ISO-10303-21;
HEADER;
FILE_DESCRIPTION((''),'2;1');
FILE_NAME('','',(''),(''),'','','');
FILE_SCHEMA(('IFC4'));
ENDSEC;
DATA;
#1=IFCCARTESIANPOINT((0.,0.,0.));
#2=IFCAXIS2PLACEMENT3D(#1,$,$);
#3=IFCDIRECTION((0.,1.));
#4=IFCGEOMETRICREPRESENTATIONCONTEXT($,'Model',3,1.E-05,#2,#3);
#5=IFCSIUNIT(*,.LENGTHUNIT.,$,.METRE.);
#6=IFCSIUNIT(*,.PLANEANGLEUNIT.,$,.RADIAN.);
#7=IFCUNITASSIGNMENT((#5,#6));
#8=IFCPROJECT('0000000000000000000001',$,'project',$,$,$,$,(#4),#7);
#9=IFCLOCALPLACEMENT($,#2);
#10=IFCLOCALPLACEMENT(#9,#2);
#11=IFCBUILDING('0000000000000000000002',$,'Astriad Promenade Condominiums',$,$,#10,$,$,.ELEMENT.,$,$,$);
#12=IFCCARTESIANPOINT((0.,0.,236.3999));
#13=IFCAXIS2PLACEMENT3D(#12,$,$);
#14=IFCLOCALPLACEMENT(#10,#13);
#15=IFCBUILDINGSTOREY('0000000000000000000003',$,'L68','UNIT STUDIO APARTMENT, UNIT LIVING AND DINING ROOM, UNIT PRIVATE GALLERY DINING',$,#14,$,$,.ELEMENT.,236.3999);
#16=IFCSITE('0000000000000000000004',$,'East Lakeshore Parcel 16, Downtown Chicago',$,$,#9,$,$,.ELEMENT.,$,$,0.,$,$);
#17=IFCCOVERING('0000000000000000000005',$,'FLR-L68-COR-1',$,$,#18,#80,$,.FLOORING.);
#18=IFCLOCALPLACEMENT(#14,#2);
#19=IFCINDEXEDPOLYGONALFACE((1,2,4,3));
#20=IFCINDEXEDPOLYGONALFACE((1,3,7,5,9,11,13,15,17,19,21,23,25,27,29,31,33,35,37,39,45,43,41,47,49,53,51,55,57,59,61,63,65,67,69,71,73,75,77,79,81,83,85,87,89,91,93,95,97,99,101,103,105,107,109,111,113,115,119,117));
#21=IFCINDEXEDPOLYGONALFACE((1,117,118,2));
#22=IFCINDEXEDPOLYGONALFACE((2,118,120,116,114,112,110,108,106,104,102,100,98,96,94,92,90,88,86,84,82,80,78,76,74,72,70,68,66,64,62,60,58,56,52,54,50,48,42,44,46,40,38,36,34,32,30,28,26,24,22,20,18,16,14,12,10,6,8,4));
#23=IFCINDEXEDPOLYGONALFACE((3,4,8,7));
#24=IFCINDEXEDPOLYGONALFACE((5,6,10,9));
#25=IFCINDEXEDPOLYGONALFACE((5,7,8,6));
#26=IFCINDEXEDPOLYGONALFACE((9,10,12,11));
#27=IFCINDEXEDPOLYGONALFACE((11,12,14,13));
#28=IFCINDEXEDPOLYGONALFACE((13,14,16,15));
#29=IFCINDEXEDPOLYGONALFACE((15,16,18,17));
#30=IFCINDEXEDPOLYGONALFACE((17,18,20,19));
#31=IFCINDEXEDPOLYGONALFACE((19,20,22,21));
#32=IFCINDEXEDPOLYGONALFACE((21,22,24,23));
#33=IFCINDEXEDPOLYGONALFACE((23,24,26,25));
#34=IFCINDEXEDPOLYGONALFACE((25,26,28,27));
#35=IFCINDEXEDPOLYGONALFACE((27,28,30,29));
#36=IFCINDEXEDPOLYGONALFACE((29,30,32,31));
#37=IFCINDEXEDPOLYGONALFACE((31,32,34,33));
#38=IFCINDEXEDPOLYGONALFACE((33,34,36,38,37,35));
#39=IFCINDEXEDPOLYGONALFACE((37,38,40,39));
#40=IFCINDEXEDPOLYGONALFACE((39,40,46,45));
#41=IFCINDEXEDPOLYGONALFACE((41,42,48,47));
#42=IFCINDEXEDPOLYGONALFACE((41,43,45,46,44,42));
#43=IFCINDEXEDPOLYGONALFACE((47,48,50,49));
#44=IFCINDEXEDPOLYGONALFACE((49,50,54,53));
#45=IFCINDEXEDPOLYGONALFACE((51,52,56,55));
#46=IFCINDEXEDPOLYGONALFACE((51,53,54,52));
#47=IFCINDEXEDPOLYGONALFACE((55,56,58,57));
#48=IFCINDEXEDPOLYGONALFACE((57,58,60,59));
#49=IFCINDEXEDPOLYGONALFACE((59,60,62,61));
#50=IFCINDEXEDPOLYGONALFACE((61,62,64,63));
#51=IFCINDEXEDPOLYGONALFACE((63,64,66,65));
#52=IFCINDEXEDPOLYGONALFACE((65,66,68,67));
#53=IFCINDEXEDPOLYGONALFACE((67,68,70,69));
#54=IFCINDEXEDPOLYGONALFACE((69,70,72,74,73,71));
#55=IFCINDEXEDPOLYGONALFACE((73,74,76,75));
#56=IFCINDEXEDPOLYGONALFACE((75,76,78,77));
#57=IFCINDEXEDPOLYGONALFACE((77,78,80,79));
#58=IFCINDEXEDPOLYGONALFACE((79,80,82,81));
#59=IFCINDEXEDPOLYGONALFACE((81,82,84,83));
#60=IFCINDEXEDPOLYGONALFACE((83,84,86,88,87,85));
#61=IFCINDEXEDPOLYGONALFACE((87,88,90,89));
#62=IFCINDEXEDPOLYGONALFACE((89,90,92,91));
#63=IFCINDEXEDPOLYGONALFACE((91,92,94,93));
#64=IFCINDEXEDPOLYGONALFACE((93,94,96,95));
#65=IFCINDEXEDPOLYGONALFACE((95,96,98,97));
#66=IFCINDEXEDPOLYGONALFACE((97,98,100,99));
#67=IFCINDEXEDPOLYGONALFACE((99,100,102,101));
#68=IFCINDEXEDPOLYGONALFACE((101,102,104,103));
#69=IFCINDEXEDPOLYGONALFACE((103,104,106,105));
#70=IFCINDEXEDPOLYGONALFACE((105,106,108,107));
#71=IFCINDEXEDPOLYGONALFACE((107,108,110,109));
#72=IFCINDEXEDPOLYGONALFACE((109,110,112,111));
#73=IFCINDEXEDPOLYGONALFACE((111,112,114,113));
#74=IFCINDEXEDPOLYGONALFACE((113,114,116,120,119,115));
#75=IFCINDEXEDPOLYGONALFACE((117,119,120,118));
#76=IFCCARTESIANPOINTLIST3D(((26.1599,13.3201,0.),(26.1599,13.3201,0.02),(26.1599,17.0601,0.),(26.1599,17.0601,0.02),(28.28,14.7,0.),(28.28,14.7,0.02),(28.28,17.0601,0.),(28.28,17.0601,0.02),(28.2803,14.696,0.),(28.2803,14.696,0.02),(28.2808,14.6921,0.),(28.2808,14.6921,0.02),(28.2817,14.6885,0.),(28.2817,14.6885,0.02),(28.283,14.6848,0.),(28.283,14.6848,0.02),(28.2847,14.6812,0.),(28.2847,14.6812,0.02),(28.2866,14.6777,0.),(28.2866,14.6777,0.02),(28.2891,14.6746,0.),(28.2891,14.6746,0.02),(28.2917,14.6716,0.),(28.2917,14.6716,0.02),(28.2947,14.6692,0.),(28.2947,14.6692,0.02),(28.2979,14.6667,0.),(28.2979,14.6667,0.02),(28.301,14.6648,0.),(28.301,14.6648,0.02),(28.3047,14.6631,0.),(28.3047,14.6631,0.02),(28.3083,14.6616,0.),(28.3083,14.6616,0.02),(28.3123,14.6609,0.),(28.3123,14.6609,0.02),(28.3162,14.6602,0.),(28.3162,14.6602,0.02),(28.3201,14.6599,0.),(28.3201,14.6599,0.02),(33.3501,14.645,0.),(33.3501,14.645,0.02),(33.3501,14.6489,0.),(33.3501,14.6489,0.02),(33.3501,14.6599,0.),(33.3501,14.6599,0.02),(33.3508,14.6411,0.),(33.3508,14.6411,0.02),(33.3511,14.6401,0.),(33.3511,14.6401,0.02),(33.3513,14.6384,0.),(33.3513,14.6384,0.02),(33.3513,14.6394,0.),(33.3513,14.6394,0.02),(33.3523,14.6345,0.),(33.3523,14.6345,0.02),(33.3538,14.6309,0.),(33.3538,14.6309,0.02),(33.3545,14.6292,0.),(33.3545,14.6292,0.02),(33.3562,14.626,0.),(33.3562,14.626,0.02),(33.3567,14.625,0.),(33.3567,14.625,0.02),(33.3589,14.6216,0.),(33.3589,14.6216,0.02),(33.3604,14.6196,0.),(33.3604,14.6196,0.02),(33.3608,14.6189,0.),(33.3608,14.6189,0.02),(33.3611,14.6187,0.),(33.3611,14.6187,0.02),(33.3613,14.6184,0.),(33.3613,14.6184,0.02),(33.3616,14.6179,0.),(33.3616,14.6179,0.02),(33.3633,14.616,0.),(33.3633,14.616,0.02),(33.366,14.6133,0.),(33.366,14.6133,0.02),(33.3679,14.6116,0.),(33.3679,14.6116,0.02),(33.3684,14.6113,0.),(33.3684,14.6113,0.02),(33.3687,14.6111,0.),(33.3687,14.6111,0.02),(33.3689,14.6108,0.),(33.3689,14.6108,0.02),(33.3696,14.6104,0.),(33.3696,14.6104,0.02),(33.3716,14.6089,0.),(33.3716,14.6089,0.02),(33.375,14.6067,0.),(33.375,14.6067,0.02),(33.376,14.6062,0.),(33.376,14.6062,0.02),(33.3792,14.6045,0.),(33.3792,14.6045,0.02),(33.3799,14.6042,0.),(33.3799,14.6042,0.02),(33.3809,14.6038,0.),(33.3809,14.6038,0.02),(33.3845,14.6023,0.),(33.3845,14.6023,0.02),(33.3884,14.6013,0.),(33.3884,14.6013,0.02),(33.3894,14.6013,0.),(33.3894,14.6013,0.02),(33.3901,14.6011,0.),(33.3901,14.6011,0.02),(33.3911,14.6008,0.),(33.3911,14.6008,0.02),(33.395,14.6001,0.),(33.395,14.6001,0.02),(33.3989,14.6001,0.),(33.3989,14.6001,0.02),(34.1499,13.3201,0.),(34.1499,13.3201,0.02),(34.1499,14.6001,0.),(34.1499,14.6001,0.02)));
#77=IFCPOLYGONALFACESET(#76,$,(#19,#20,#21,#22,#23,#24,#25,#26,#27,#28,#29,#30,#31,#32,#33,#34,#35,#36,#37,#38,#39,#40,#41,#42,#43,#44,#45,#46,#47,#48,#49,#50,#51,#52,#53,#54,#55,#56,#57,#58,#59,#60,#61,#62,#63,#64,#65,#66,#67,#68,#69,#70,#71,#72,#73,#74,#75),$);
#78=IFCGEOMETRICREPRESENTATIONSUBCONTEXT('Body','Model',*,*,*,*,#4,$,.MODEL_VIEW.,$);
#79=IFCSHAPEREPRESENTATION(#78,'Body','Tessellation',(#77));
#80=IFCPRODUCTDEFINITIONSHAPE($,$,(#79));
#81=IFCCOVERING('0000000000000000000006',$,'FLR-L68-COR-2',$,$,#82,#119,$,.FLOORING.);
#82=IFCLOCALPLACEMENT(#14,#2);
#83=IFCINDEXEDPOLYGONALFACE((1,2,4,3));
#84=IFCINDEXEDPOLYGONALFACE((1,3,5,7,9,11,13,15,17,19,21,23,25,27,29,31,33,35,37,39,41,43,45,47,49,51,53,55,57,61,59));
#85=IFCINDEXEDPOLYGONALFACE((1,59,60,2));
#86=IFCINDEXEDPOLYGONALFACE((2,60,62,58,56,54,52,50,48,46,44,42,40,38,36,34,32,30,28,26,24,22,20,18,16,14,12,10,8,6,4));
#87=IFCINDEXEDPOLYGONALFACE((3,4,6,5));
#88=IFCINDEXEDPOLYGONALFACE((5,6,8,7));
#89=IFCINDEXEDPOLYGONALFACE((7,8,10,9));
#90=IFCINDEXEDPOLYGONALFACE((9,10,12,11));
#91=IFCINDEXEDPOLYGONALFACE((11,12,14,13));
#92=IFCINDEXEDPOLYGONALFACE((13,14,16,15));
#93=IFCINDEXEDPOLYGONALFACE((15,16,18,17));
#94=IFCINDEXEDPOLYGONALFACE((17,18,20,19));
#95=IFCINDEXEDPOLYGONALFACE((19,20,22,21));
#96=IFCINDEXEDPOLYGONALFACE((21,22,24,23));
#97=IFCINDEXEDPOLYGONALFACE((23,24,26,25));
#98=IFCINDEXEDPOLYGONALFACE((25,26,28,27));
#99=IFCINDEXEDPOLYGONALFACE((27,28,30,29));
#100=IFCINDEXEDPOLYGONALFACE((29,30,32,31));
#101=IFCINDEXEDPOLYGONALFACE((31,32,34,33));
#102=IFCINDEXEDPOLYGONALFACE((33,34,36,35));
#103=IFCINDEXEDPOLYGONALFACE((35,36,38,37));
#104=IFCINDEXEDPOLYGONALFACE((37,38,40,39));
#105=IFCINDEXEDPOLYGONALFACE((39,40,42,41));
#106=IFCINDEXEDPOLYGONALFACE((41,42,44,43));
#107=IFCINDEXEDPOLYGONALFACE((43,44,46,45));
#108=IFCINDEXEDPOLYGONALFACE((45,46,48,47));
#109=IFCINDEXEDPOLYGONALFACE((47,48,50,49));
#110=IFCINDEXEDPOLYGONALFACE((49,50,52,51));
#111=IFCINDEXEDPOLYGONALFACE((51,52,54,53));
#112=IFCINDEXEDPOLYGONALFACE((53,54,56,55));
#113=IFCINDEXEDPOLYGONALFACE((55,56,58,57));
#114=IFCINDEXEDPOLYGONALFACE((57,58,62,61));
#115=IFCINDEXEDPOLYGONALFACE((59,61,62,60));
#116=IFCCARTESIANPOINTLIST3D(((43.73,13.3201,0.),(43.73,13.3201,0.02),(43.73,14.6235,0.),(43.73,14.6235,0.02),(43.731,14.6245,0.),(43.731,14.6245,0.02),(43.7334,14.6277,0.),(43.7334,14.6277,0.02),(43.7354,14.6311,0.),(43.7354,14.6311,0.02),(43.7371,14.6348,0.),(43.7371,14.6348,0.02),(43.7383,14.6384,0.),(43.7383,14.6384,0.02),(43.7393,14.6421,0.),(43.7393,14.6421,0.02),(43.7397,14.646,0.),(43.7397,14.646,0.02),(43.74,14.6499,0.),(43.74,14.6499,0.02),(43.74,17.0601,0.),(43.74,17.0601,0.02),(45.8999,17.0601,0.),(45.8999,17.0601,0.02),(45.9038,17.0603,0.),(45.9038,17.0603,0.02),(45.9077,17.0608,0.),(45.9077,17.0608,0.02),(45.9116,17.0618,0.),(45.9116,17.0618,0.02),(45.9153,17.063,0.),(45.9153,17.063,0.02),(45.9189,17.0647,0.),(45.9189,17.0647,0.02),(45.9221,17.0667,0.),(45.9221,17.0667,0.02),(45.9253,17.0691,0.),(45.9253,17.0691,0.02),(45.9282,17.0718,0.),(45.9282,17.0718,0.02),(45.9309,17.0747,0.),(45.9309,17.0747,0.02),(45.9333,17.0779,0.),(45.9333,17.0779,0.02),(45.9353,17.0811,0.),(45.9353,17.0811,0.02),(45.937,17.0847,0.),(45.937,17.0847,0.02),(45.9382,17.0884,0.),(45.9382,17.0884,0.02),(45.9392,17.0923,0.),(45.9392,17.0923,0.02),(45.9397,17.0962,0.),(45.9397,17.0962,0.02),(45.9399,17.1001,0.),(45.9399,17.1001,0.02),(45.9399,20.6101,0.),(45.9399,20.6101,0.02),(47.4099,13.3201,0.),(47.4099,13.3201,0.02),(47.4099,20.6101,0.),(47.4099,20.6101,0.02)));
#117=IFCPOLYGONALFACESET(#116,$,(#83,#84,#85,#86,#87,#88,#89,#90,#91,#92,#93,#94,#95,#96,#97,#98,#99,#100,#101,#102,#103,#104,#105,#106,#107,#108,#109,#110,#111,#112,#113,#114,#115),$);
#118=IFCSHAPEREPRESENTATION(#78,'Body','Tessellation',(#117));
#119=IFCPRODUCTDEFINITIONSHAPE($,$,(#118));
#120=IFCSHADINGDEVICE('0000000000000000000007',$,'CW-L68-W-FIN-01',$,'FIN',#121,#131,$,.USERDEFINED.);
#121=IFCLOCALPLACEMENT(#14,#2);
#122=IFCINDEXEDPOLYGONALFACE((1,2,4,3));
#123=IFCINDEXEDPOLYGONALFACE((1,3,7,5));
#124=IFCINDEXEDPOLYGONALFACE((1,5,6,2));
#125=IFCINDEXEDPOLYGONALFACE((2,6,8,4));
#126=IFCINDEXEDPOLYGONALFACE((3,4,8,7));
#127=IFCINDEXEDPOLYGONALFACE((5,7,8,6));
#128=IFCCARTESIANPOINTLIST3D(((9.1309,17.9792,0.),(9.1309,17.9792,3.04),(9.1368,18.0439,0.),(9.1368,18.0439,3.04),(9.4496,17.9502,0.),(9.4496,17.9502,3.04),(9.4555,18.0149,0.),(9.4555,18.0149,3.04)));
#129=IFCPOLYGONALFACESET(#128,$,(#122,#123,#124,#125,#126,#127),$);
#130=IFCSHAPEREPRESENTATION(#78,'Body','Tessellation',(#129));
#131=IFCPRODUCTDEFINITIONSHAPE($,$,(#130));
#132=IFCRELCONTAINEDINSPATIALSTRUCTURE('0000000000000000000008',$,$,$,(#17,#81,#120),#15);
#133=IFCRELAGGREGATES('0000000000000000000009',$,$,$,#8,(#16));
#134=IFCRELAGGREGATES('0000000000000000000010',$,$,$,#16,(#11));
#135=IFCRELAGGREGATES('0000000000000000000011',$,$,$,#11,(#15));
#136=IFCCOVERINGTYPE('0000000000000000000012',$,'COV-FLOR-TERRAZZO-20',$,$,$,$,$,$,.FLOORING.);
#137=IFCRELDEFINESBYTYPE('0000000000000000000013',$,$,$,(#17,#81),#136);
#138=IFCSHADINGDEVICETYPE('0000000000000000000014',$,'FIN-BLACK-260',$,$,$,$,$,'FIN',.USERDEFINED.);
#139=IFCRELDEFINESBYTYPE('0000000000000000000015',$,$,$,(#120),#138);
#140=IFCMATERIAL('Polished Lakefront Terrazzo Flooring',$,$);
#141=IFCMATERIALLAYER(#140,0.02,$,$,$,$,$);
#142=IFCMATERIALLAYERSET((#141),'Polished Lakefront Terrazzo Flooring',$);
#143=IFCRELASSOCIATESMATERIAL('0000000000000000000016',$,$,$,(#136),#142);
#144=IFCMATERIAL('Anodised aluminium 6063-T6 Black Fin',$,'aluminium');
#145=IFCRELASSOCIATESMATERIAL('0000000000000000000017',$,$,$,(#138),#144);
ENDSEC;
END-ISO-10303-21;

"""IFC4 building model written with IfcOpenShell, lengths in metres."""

from ifc_helpers import new_model, si_unit, direction, frame, origin, origin_2d, place, context, subcontext, project, spatial, polyline, rectangle, outline, extrude, source, transform, mapped, material, layer, layer_set, type_object, type_shapes, element, save


model = new_model("IFC4")

# Units and contexts
model_context = context("Model", 3, precision=1e-05, world=origin(), true_north=direction((0.0, 1.0)))
body_context = subcontext(model_context, "Body", "Model", "MODEL_VIEW")
ifc_project = project(units=[si_unit("LENGTHUNIT", "METRE"), si_unit("PLANEANGLEUNIT", "RADIAN")], contexts=[model_context])

# Site, building, storey
site_placement = place(None, origin())
site = spatial("IfcSite", under=ifc_project, at=site_placement, Name="East Lakeshore Parcel 16, Downtown Chicago", CompositionType="ELEMENT", RefElevation=0.0)
building_placement = place(site_placement, origin())
building = spatial("IfcBuilding", under=site, at=building_placement, Name="Astriad Promenade Condominiums", CompositionType="ELEMENT")
storey_placement = place(building_placement, frame((0.0, 0.0, 236.3999)))
storey = spatial("IfcBuildingStorey", under=building, at=storey_placement, Name="L68", Description="UNIT STUDIO APARTMENT, UNIT LIVING AND DINING ROOM, UNIT PRIVATE GALLERY DINING", CompositionType="ELEMENT", Elevation=236.3999)

# Coverings
ifc_material_1 = material(Name="Polished Lakefront Terrazzo Flooring")
ifc_layer_1 = layer(ifc_material_1, 0.02)
ifc_layer_set_1 = layer_set([ifc_layer_1], Name="Polished Lakefront Terrazzo Flooring")
covering_type = type_object("IfcCoveringType", Name="COV-FLOR-TERRAZZO-20", PredefinedType="FLOORING", material=ifc_layer_set_1)
covering_1_placement = place(storey_placement, origin())
element("IfcCovering", 1, at=covering_1_placement, inside=storey, type_object=covering_type, Name="FLR-L68-COR-1", PredefinedType="FLOORING", context=body_context, shape_type="SweptSolid", body=[
    extrude(outline(polyline([(26.1599, 13.3201), (26.1599, 17.0601), (28.28, 17.0601), (28.28, 14.7), (28.2803, 14.696), (28.2808, 14.6921), (28.2817, 14.6885), (28.283, 14.6848), (28.2847, 14.6812), (28.2866, 14.6777), (28.2891, 14.6746), (28.2917, 14.6716), (28.2947, 14.6692), (28.2979, 14.6667), (28.301, 14.6648), (28.3047, 14.6631), (28.3083, 14.6616), (28.3123, 14.6609), (28.3162, 14.6602), (28.3201, 14.6599), (33.3501, 14.6599), (33.3501, 14.6489), (33.3501, 14.645), (33.3508, 14.6411), (33.3511, 14.6401), (33.3513, 14.6394), (33.3513, 14.6384), (33.3523, 14.6345), (33.3538, 14.6309), (33.3545, 14.6292), (33.3562, 14.626), (33.3567, 14.625), (33.3589, 14.6216), (33.3604, 14.6196), (33.3608, 14.6189), (33.3611, 14.6187), (33.3613, 14.6184), (33.3616, 14.6179), (33.3633, 14.616), (33.366, 14.6133), (33.3679, 14.6116), (33.3684, 14.6113), (33.3687, 14.6111), (33.3689, 14.6108), (33.3696, 14.6104), (33.3716, 14.6089), (33.375, 14.6067), (33.376, 14.6062), (33.3792, 14.6045), (33.3799, 14.6042), (33.3809, 14.6038), (33.3845, 14.6023), (33.3884, 14.6013), (33.3894, 14.6013), (33.3901, 14.6011), (33.3911, 14.6008), (33.395, 14.6001), (33.3989, 14.6001), (34.1499, 14.6001), (34.1499, 13.3201), (26.1599, 13.3201)])), origin(), (0.0, 0.0, 1.0), 0.02),
])
covering_2_placement = place(storey_placement, origin())
element("IfcCovering", 2, at=covering_2_placement, inside=storey, type_object=covering_type, Name="FLR-L68-COR-2", PredefinedType="FLOORING", context=body_context, shape_type="SweptSolid", body=[
    extrude(outline(polyline([(43.73, 14.6235), (43.731, 14.6245), (43.7334, 14.6277), (43.7354, 14.6311), (43.7371, 14.6348), (43.7383, 14.6384), (43.7393, 14.6421), (43.7397, 14.646), (43.74, 14.6499), (43.74, 17.0601), (45.8999, 17.0601), (45.9038, 17.0603), (45.9077, 17.0608), (45.9116, 17.0618), (45.9153, 17.063), (45.9189, 17.0647), (45.9221, 17.0667), (45.9253, 17.0691), (45.9282, 17.0718), (45.9309, 17.0747), (45.9333, 17.0779), (45.9353, 17.0811), (45.937, 17.0847), (45.9382, 17.0884), (45.9392, 17.0923), (45.9397, 17.0962), (45.9399, 17.1001), (45.9399, 20.6101), (47.4099, 20.6101), (47.4099, 13.3201), (43.73, 13.3201), (43.73, 14.6235)])), origin(), (0.0, 0.0, 1.0), 0.02),
])

# Shading device
ifc_material_2 = material(Name="Anodised aluminium 6063-T6 Black Fin", Category="aluminium")
shading_device_type = type_object("IfcShadingDeviceType", Name="FIN-BLACK-260", ElementType="FIN", PredefinedType="USERDEFINED", material=ifc_material_2)
shared_shape_1 = source(origin(), body_context, "Body", "SweptSolid", [
    extrude(rectangle(XDim=0.0649, YDim=0.3201, at=origin_2d()), origin(), (0.0, 0.0, 1.0), 3.04),
])
type_shapes(shading_device_type, [shared_shape_1])
shading_device_placement = place(storey_placement, frame((9.2932, 17.9971, 0.0), z_axis=(0.0, 0.0, 1.0), x_axis=(0.090633, 0.995884, 0.0)))
element("IfcShadingDevice", 3, at=shading_device_placement, inside=storey, type_object=shading_device_type, Name="CW-L68-W-FIN-01", ObjectType="FIN", PredefinedType="USERDEFINED", context=body_context, shape_type="MappedRepresentation", body=[
    mapped(shared_shape_1, transform((0.0, 0.0, 0.0), scale=1.0)),
])

save(model, "model.ifc")
